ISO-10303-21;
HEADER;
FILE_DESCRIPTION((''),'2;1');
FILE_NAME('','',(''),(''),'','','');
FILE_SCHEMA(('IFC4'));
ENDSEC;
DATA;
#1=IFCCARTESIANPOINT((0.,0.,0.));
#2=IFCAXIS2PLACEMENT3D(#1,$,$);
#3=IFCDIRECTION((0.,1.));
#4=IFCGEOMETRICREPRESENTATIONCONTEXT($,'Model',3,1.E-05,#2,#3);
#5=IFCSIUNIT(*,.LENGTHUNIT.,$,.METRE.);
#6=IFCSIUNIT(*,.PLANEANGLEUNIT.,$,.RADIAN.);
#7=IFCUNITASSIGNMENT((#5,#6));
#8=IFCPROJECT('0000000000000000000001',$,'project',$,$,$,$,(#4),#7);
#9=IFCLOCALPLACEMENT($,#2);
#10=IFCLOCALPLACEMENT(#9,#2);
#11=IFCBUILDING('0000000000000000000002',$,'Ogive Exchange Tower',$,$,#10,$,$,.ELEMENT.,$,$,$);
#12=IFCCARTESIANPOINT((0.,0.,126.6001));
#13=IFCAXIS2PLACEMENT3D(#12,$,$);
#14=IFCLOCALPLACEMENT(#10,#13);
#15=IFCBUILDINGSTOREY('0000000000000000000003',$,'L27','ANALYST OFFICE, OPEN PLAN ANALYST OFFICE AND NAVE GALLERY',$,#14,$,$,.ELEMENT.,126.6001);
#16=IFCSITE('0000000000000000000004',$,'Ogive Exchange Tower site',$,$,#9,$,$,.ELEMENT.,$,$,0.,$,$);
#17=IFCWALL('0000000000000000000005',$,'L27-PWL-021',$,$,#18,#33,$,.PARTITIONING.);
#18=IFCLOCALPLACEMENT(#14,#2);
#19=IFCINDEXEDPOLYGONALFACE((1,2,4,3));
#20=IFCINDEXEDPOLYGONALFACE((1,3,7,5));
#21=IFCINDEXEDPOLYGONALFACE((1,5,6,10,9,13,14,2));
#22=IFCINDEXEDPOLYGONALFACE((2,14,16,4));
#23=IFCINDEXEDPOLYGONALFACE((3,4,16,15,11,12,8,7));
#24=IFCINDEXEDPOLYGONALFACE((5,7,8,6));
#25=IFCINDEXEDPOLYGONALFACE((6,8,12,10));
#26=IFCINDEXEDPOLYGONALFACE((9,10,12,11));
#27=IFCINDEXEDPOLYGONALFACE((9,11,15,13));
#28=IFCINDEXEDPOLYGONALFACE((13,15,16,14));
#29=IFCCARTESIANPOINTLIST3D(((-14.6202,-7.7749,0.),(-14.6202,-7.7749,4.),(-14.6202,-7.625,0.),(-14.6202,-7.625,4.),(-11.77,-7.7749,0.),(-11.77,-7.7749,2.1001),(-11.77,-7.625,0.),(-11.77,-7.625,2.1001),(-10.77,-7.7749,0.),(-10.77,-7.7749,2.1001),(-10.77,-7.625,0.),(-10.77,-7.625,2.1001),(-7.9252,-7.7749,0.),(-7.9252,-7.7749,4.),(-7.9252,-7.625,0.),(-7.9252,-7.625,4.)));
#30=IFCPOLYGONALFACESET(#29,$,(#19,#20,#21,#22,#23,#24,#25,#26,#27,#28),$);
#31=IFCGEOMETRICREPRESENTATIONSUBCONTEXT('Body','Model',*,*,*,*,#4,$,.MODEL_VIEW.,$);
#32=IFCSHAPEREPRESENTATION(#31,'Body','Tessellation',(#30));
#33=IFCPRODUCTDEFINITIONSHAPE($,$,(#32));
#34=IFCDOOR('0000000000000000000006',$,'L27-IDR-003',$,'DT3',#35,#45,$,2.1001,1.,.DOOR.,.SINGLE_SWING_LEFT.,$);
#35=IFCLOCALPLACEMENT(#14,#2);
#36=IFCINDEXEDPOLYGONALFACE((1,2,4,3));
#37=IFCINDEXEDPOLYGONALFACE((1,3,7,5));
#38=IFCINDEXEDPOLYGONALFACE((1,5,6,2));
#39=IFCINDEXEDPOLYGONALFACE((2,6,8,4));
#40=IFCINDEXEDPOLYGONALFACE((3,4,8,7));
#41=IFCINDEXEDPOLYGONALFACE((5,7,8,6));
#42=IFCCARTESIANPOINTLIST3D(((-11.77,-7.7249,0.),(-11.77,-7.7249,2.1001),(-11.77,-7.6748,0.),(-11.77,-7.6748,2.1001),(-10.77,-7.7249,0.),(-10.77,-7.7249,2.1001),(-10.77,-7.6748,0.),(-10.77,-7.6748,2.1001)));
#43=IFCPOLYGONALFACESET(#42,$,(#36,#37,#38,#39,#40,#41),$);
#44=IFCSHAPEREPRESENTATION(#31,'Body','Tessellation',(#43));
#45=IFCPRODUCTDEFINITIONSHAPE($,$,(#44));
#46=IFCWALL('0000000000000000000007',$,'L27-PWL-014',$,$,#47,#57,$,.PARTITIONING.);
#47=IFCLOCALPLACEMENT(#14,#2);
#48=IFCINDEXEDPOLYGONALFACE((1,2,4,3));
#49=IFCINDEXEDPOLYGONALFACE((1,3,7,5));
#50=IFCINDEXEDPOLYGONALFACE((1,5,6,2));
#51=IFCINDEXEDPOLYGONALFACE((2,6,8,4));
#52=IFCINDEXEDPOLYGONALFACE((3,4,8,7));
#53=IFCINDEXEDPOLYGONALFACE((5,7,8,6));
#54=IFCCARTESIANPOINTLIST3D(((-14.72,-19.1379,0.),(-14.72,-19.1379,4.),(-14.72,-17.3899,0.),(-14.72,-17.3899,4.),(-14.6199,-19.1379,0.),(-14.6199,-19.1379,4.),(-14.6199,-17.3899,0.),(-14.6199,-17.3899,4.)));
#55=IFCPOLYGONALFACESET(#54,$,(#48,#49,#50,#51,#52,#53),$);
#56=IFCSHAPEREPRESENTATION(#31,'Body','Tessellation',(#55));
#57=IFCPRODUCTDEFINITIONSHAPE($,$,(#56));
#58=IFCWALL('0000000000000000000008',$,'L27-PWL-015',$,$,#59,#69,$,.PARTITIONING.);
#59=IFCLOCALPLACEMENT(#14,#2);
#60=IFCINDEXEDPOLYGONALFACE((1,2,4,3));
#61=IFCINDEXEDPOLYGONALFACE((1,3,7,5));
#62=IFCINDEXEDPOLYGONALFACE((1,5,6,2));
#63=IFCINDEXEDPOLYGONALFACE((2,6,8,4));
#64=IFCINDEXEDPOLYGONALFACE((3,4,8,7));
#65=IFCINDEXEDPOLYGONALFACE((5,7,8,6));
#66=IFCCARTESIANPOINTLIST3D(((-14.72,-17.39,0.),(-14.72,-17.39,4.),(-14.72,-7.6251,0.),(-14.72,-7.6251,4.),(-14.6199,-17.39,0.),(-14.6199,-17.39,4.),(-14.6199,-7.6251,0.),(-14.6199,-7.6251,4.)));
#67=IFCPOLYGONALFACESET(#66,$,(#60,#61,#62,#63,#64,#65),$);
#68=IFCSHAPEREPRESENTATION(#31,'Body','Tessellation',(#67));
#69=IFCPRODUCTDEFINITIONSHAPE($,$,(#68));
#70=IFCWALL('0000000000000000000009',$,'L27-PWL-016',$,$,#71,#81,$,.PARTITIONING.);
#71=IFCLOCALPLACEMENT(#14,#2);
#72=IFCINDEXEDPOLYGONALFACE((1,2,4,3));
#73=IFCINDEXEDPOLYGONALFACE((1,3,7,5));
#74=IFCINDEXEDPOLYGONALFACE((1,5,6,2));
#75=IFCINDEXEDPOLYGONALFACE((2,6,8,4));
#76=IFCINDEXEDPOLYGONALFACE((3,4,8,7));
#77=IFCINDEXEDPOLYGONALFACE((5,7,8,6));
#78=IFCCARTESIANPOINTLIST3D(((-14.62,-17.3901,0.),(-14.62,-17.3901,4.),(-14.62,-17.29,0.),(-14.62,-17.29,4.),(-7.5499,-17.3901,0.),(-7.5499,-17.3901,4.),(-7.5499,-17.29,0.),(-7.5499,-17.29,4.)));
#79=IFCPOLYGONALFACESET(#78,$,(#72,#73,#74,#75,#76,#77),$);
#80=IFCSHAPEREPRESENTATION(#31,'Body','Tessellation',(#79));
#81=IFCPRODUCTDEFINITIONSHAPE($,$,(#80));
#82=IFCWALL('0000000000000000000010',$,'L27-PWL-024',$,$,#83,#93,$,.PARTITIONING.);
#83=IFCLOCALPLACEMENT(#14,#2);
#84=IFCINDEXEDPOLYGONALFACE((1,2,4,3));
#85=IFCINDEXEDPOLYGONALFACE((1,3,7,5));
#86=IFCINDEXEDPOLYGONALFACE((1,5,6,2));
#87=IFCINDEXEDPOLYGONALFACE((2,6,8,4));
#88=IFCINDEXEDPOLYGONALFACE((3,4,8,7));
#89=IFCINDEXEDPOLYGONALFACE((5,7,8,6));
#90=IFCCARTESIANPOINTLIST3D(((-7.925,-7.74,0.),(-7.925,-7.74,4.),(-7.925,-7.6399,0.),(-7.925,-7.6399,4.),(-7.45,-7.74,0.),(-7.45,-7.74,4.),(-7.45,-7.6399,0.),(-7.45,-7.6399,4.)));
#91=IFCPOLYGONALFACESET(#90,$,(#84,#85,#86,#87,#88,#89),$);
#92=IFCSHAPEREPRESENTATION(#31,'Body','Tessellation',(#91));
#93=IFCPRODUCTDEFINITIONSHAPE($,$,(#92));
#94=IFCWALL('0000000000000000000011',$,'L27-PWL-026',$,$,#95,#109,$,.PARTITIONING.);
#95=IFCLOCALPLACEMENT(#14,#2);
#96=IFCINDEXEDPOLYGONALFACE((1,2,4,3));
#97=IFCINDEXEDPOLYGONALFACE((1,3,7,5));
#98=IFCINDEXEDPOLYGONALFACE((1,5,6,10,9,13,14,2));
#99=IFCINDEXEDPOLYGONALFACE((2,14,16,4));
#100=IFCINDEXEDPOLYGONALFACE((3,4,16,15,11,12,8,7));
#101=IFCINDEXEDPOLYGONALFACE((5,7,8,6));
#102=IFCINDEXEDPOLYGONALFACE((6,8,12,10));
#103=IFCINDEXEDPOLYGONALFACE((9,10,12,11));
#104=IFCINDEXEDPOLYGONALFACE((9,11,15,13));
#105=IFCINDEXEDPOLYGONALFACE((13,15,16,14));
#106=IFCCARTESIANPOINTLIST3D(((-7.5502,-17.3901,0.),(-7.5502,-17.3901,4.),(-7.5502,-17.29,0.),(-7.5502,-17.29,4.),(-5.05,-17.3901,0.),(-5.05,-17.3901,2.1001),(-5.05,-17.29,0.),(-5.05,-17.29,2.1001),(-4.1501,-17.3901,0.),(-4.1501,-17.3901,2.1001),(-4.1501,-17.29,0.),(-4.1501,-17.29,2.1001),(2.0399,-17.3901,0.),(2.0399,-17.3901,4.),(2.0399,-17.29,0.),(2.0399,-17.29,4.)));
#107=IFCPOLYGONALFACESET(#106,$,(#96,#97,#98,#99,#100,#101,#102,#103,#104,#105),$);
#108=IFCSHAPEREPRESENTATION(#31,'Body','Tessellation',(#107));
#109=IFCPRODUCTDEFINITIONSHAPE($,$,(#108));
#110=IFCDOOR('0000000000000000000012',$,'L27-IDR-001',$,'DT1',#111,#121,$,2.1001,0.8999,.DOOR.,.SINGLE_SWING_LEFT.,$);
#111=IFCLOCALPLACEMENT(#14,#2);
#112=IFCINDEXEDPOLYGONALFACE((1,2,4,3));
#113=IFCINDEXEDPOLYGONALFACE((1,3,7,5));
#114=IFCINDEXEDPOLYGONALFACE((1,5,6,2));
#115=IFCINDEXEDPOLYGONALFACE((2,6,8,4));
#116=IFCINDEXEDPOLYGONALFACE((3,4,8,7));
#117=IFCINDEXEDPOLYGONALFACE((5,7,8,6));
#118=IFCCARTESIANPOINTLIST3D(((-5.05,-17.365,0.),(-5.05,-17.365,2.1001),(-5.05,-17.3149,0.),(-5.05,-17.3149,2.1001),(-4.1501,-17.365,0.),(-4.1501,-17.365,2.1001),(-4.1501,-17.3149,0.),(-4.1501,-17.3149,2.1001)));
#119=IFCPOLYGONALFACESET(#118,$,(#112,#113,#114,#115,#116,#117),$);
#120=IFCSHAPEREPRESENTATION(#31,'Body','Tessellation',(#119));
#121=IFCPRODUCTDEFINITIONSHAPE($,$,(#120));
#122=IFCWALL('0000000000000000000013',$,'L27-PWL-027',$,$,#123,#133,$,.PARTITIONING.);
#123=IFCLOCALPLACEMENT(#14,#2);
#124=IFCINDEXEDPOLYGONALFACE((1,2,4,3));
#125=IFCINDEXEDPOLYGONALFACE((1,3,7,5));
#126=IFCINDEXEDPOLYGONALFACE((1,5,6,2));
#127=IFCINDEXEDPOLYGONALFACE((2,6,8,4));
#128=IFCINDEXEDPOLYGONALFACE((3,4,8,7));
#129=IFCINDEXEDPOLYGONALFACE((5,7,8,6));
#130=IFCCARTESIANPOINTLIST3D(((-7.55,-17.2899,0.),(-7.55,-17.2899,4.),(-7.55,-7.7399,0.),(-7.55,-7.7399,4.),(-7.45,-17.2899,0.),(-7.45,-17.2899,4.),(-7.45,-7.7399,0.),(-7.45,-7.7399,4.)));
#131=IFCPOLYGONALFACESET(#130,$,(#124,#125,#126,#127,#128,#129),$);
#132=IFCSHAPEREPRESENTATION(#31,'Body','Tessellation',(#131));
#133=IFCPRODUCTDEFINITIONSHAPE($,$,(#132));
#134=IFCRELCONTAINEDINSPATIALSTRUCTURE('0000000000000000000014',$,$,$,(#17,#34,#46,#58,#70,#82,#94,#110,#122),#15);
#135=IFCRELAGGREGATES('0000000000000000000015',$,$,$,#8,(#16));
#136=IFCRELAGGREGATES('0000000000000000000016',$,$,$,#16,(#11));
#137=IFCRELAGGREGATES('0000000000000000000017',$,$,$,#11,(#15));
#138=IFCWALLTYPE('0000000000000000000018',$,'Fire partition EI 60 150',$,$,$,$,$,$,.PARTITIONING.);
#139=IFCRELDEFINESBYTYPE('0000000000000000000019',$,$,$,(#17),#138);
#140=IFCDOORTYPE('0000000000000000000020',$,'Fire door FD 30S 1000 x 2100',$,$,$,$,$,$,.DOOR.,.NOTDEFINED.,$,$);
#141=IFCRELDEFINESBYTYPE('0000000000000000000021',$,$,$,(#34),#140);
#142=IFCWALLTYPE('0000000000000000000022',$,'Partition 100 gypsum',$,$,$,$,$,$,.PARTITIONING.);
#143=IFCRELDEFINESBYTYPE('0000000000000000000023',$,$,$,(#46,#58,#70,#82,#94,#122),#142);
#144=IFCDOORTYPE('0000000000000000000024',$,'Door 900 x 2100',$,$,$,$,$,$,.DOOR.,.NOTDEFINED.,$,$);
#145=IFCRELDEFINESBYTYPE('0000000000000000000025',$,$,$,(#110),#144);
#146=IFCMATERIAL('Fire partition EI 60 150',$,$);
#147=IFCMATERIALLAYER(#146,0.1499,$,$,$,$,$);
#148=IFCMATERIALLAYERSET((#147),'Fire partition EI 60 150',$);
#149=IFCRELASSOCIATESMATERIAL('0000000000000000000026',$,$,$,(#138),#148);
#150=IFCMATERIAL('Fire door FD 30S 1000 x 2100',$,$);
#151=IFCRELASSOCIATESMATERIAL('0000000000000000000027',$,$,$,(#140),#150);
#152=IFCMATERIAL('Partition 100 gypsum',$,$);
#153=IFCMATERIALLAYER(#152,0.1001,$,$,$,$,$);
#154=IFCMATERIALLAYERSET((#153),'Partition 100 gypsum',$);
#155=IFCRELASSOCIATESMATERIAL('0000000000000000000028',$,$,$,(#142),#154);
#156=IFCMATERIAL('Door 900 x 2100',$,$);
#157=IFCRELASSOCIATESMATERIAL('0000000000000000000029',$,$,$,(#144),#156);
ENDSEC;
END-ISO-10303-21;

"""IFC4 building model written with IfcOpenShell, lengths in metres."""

from ifc_helpers import new_model, si_unit, direction, frame, frame_2d, origin, place, context, subcontext, project, spatial, rectangle, extrude, material, layer, layer_set, type_object, element, fill, save


model = new_model("IFC4")

# Units and contexts
model_context = context("Model", 3, precision=1e-05, world=origin(), true_north=direction((0.0, 1.0)))
body_context = subcontext(model_context, "Body", "Model", "MODEL_VIEW")
ifc_project = project(units=[si_unit("LENGTHUNIT", "METRE"), si_unit("PLANEANGLEUNIT", "RADIAN")], contexts=[model_context])

# Site, building, storey
site_placement = place(None, origin())
site = spatial("IfcSite", under=ifc_project, at=site_placement, Name="Ogive Exchange Tower site", CompositionType="ELEMENT", RefElevation=0.0)
building_placement = place(site_placement, origin())
building = spatial("IfcBuilding", under=site, at=building_placement, Name="Ogive Exchange Tower", CompositionType="ELEMENT")
storey_placement = place(building_placement, frame((0.0, 0.0, 126.6001)))
storey = spatial("IfcBuildingStorey", under=building, at=storey_placement, Name="L27", Description="ANALYST OFFICE, OPEN PLAN ANALYST OFFICE AND NAVE GALLERY", CompositionType="ELEMENT", Elevation=126.6001)

# Wall, opening, door
ifc_material_1 = material(Name="Fire partition EI 60 150")
ifc_layer_1 = layer(ifc_material_1, 0.1499)
ifc_layer_set_1 = layer_set([ifc_layer_1], Name="Fire partition EI 60 150")
wall_type_1 = type_object("IfcWallType", Name="Fire partition EI 60 150", PredefinedType="PARTITIONING", material=ifc_layer_set_1)
ifc_material_2 = material(Name="Fire door FD 30S 1000 x 2100")
door_type_1 = type_object("IfcDoorType", Name="Fire door FD 30S 1000 x 2100", OperationType="NOTDEFINED", PredefinedType="DOOR", material=ifc_material_2)
wall_1_placement = place(storey_placement, frame((-7.925, -7.7, 0.0), z_axis=(0.0, 0.0, 1.0), x_axis=(-1.0, 0.0, 0.0)))
wall_1 = element("IfcWall", 1, at=wall_1_placement, inside=storey, type_object=wall_type_1, Name="L27-PWL-021", PredefinedType="PARTITIONING", context=body_context, shape_type="SweptSolid", body=[
    extrude(rectangle(XDim=6.6951, YDim=0.1499, at=frame_2d((3.3477, 0.0))), origin(), (0.0, 0.0, 1.0), 4.0),
])
opening_1_placement = place(wall_1_placement, frame((2.845, 0.0, 0.0)))
opening_1 = element("IfcOpeningElement", 2, at=opening_1_placement, cuts=wall_1, PredefinedType="OPENING", context=body_context, shape_type="SweptSolid", body=[
    extrude(rectangle(XDim=1.0, YDim=2.1001, at=frame_2d((0.5, 1.05))), frame((0.0, 0.085, 0.0), z_axis=(0.0, -1.0, 0.0), x_axis=(1.0, 0.0, 0.0)), (0.0, 0.0, 1.0), 0.1699),
])
door_1_placement = place(opening_1_placement, origin())
door_1 = element("IfcDoor", 3, at=door_1_placement, inside=storey, type_object=door_type_1, Name="L27-IDR-003", ObjectType="DT3", OperationType="SINGLE_SWING_LEFT", OverallHeight=2.1001, OverallWidth=1.0, PredefinedType="DOOR", context=body_context, shape_type="SweptSolid", body=[
    extrude(rectangle(XDim=1.0, YDim=2.1001, at=frame_2d((0.5, 1.05))), frame((0.0, 0.0249, 0.0), z_axis=(0.0, -1.0, 0.0), x_axis=(1.0, 0.0, 0.0)), (0.0, 0.0, 1.0), 0.05),
])
fill(opening_1, door_1)

# Walls
ifc_material_3 = material(Name="Partition 100 gypsum")
ifc_layer_2 = layer(ifc_material_3, 0.1001)
ifc_layer_set_2 = layer_set([ifc_layer_2], Name="Partition 100 gypsum")
wall_type_2 = type_object("IfcWallType", Name="Partition 100 gypsum", PredefinedType="PARTITIONING", material=ifc_layer_set_2)
wall_2_placement = place(storey_placement, frame((-14.6699, -19.1379, 0.0), z_axis=(0.0, 0.0, 1.0), x_axis=(0.0, 1.0, 0.0)))
element("IfcWall", 4, at=wall_2_placement, inside=storey, type_object=wall_type_2, Name="L27-PWL-014", PredefinedType="PARTITIONING", context=body_context, shape_type="SweptSolid", body=[
    extrude(rectangle(XDim=1.748, YDim=0.1001, at=frame_2d((0.874, 0.0))), origin(), (0.0, 0.0, 1.0), 4.0),
])
wall_3_placement = place(storey_placement, frame((-14.6699, -17.3899, 0.0), z_axis=(0.0, 0.0, 1.0), x_axis=(0.0, 1.0, 0.0)))
element("IfcWall", 5, at=wall_3_placement, inside=storey, type_object=wall_type_2, Name="L27-PWL-015", PredefinedType="PARTITIONING", context=body_context, shape_type="SweptSolid", body=[
    extrude(rectangle(XDim=9.7649, YDim=0.1001, at=frame_2d((4.8823, 0.0))), origin(), (0.0, 0.0, 1.0), 4.0),
])
wall_4_placement = place(storey_placement, frame((-14.6201, -17.3401, 0.0), z_axis=(0.0, 0.0, 1.0), x_axis=(1.0, 0.0, 0.0)))
element("IfcWall", 6, at=wall_4_placement, inside=storey, type_object=wall_type_2, Name="L27-PWL-016", PredefinedType="PARTITIONING", context=body_context, shape_type="SweptSolid", body=[
    extrude(rectangle(XDim=7.0701, YDim=0.1001, at=frame_2d((3.5352, 0.0))), origin(), (0.0, 0.0, 1.0), 4.0),
])
wall_5_placement = place(storey_placement, frame((-7.925, -7.6899, 0.0), z_axis=(0.0, 0.0, 1.0), x_axis=(1.0, 0.0, 0.0)))
element("IfcWall", 7, at=wall_5_placement, inside=storey, type_object=wall_type_2, Name="L27-PWL-024", PredefinedType="PARTITIONING", context=body_context, shape_type="SweptSolid", body=[
    extrude(rectangle(XDim=0.4751, YDim=0.1001, at=frame_2d((0.2375, 0.0))), origin(), (0.0, 0.0, 1.0), 4.0),
])

# Wall, opening, door
wall_6_placement = place(storey_placement, frame((-7.55, -17.3401, 0.0), z_axis=(0.0, 0.0, 1.0), x_axis=(1.0, 0.0, 0.0)))
wall_6 = element("IfcWall", 8, at=wall_6_placement, inside=storey, type_object=wall_type_2, Name="L27-PWL-026", PredefinedType="PARTITIONING", context=body_context, shape_type="SweptSolid", body=[
    extrude(rectangle(XDim=9.5901, YDim=0.1001, at=frame_2d((4.7949, 0.0))), origin(), (0.0, 0.0, 1.0), 4.0),
])
opening_2_placement = place(wall_6_placement, frame((2.5, 0.0, 0.0)))
opening_2 = element("IfcOpeningElement", 9, at=opening_2_placement, cuts=wall_6, PredefinedType="OPENING", context=body_context, shape_type="SweptSolid", body=[
    extrude(rectangle(XDim=0.8999, YDim=2.1001, at=frame_2d((0.45, 1.05))), frame((0.0, 0.0601, 0.0), z_axis=(0.0, -1.0, 0.0), x_axis=(1.0, 0.0, 0.0)), (0.0, 0.0, 1.0), 0.1201),
])
ifc_material_4 = material(Name="Door 900 x 2100")
door_type_2 = type_object("IfcDoorType", Name="Door 900 x 2100", OperationType="NOTDEFINED", PredefinedType="DOOR", material=ifc_material_4)
door_2_placement = place(opening_2_placement, frame((0.8999, 0.0, 0.0), z_axis=(0.0, 0.0, 1.0), x_axis=(-1.0, 0.0, 0.0)))
door_2 = element("IfcDoor", 10, at=door_2_placement, inside=storey, type_object=door_type_2, Name="L27-IDR-001", ObjectType="DT1", OperationType="SINGLE_SWING_LEFT", OverallHeight=2.1001, OverallWidth=0.8999, PredefinedType="DOOR", context=body_context, shape_type="SweptSolid", body=[
    extrude(rectangle(XDim=0.8999, YDim=2.1001, at=frame_2d((0.45, 1.05))), frame((0.0, 0.0249, 0.0), z_axis=(0.0, -1.0, 0.0), x_axis=(1.0, 0.0, 0.0)), (0.0, 0.0, 1.0), 0.05),
])
fill(opening_2, door_2)

# Wall
wall_7_placement = place(storey_placement, frame((-7.5, -7.74, 0.0), z_axis=(0.0, 0.0, 1.0), x_axis=(0.0, -1.0, 0.0)))
element("IfcWall", 11, at=wall_7_placement, inside=storey, type_object=wall_type_2, Name="L27-PWL-027", PredefinedType="PARTITIONING", context=body_context, shape_type="SweptSolid", body=[
    extrude(rectangle(XDim=9.55, YDim=0.1001, at=frame_2d((4.7749, 0.0))), origin(), (0.0, 0.0, 1.0), 4.0),
])

save(model, "model.ifc")
